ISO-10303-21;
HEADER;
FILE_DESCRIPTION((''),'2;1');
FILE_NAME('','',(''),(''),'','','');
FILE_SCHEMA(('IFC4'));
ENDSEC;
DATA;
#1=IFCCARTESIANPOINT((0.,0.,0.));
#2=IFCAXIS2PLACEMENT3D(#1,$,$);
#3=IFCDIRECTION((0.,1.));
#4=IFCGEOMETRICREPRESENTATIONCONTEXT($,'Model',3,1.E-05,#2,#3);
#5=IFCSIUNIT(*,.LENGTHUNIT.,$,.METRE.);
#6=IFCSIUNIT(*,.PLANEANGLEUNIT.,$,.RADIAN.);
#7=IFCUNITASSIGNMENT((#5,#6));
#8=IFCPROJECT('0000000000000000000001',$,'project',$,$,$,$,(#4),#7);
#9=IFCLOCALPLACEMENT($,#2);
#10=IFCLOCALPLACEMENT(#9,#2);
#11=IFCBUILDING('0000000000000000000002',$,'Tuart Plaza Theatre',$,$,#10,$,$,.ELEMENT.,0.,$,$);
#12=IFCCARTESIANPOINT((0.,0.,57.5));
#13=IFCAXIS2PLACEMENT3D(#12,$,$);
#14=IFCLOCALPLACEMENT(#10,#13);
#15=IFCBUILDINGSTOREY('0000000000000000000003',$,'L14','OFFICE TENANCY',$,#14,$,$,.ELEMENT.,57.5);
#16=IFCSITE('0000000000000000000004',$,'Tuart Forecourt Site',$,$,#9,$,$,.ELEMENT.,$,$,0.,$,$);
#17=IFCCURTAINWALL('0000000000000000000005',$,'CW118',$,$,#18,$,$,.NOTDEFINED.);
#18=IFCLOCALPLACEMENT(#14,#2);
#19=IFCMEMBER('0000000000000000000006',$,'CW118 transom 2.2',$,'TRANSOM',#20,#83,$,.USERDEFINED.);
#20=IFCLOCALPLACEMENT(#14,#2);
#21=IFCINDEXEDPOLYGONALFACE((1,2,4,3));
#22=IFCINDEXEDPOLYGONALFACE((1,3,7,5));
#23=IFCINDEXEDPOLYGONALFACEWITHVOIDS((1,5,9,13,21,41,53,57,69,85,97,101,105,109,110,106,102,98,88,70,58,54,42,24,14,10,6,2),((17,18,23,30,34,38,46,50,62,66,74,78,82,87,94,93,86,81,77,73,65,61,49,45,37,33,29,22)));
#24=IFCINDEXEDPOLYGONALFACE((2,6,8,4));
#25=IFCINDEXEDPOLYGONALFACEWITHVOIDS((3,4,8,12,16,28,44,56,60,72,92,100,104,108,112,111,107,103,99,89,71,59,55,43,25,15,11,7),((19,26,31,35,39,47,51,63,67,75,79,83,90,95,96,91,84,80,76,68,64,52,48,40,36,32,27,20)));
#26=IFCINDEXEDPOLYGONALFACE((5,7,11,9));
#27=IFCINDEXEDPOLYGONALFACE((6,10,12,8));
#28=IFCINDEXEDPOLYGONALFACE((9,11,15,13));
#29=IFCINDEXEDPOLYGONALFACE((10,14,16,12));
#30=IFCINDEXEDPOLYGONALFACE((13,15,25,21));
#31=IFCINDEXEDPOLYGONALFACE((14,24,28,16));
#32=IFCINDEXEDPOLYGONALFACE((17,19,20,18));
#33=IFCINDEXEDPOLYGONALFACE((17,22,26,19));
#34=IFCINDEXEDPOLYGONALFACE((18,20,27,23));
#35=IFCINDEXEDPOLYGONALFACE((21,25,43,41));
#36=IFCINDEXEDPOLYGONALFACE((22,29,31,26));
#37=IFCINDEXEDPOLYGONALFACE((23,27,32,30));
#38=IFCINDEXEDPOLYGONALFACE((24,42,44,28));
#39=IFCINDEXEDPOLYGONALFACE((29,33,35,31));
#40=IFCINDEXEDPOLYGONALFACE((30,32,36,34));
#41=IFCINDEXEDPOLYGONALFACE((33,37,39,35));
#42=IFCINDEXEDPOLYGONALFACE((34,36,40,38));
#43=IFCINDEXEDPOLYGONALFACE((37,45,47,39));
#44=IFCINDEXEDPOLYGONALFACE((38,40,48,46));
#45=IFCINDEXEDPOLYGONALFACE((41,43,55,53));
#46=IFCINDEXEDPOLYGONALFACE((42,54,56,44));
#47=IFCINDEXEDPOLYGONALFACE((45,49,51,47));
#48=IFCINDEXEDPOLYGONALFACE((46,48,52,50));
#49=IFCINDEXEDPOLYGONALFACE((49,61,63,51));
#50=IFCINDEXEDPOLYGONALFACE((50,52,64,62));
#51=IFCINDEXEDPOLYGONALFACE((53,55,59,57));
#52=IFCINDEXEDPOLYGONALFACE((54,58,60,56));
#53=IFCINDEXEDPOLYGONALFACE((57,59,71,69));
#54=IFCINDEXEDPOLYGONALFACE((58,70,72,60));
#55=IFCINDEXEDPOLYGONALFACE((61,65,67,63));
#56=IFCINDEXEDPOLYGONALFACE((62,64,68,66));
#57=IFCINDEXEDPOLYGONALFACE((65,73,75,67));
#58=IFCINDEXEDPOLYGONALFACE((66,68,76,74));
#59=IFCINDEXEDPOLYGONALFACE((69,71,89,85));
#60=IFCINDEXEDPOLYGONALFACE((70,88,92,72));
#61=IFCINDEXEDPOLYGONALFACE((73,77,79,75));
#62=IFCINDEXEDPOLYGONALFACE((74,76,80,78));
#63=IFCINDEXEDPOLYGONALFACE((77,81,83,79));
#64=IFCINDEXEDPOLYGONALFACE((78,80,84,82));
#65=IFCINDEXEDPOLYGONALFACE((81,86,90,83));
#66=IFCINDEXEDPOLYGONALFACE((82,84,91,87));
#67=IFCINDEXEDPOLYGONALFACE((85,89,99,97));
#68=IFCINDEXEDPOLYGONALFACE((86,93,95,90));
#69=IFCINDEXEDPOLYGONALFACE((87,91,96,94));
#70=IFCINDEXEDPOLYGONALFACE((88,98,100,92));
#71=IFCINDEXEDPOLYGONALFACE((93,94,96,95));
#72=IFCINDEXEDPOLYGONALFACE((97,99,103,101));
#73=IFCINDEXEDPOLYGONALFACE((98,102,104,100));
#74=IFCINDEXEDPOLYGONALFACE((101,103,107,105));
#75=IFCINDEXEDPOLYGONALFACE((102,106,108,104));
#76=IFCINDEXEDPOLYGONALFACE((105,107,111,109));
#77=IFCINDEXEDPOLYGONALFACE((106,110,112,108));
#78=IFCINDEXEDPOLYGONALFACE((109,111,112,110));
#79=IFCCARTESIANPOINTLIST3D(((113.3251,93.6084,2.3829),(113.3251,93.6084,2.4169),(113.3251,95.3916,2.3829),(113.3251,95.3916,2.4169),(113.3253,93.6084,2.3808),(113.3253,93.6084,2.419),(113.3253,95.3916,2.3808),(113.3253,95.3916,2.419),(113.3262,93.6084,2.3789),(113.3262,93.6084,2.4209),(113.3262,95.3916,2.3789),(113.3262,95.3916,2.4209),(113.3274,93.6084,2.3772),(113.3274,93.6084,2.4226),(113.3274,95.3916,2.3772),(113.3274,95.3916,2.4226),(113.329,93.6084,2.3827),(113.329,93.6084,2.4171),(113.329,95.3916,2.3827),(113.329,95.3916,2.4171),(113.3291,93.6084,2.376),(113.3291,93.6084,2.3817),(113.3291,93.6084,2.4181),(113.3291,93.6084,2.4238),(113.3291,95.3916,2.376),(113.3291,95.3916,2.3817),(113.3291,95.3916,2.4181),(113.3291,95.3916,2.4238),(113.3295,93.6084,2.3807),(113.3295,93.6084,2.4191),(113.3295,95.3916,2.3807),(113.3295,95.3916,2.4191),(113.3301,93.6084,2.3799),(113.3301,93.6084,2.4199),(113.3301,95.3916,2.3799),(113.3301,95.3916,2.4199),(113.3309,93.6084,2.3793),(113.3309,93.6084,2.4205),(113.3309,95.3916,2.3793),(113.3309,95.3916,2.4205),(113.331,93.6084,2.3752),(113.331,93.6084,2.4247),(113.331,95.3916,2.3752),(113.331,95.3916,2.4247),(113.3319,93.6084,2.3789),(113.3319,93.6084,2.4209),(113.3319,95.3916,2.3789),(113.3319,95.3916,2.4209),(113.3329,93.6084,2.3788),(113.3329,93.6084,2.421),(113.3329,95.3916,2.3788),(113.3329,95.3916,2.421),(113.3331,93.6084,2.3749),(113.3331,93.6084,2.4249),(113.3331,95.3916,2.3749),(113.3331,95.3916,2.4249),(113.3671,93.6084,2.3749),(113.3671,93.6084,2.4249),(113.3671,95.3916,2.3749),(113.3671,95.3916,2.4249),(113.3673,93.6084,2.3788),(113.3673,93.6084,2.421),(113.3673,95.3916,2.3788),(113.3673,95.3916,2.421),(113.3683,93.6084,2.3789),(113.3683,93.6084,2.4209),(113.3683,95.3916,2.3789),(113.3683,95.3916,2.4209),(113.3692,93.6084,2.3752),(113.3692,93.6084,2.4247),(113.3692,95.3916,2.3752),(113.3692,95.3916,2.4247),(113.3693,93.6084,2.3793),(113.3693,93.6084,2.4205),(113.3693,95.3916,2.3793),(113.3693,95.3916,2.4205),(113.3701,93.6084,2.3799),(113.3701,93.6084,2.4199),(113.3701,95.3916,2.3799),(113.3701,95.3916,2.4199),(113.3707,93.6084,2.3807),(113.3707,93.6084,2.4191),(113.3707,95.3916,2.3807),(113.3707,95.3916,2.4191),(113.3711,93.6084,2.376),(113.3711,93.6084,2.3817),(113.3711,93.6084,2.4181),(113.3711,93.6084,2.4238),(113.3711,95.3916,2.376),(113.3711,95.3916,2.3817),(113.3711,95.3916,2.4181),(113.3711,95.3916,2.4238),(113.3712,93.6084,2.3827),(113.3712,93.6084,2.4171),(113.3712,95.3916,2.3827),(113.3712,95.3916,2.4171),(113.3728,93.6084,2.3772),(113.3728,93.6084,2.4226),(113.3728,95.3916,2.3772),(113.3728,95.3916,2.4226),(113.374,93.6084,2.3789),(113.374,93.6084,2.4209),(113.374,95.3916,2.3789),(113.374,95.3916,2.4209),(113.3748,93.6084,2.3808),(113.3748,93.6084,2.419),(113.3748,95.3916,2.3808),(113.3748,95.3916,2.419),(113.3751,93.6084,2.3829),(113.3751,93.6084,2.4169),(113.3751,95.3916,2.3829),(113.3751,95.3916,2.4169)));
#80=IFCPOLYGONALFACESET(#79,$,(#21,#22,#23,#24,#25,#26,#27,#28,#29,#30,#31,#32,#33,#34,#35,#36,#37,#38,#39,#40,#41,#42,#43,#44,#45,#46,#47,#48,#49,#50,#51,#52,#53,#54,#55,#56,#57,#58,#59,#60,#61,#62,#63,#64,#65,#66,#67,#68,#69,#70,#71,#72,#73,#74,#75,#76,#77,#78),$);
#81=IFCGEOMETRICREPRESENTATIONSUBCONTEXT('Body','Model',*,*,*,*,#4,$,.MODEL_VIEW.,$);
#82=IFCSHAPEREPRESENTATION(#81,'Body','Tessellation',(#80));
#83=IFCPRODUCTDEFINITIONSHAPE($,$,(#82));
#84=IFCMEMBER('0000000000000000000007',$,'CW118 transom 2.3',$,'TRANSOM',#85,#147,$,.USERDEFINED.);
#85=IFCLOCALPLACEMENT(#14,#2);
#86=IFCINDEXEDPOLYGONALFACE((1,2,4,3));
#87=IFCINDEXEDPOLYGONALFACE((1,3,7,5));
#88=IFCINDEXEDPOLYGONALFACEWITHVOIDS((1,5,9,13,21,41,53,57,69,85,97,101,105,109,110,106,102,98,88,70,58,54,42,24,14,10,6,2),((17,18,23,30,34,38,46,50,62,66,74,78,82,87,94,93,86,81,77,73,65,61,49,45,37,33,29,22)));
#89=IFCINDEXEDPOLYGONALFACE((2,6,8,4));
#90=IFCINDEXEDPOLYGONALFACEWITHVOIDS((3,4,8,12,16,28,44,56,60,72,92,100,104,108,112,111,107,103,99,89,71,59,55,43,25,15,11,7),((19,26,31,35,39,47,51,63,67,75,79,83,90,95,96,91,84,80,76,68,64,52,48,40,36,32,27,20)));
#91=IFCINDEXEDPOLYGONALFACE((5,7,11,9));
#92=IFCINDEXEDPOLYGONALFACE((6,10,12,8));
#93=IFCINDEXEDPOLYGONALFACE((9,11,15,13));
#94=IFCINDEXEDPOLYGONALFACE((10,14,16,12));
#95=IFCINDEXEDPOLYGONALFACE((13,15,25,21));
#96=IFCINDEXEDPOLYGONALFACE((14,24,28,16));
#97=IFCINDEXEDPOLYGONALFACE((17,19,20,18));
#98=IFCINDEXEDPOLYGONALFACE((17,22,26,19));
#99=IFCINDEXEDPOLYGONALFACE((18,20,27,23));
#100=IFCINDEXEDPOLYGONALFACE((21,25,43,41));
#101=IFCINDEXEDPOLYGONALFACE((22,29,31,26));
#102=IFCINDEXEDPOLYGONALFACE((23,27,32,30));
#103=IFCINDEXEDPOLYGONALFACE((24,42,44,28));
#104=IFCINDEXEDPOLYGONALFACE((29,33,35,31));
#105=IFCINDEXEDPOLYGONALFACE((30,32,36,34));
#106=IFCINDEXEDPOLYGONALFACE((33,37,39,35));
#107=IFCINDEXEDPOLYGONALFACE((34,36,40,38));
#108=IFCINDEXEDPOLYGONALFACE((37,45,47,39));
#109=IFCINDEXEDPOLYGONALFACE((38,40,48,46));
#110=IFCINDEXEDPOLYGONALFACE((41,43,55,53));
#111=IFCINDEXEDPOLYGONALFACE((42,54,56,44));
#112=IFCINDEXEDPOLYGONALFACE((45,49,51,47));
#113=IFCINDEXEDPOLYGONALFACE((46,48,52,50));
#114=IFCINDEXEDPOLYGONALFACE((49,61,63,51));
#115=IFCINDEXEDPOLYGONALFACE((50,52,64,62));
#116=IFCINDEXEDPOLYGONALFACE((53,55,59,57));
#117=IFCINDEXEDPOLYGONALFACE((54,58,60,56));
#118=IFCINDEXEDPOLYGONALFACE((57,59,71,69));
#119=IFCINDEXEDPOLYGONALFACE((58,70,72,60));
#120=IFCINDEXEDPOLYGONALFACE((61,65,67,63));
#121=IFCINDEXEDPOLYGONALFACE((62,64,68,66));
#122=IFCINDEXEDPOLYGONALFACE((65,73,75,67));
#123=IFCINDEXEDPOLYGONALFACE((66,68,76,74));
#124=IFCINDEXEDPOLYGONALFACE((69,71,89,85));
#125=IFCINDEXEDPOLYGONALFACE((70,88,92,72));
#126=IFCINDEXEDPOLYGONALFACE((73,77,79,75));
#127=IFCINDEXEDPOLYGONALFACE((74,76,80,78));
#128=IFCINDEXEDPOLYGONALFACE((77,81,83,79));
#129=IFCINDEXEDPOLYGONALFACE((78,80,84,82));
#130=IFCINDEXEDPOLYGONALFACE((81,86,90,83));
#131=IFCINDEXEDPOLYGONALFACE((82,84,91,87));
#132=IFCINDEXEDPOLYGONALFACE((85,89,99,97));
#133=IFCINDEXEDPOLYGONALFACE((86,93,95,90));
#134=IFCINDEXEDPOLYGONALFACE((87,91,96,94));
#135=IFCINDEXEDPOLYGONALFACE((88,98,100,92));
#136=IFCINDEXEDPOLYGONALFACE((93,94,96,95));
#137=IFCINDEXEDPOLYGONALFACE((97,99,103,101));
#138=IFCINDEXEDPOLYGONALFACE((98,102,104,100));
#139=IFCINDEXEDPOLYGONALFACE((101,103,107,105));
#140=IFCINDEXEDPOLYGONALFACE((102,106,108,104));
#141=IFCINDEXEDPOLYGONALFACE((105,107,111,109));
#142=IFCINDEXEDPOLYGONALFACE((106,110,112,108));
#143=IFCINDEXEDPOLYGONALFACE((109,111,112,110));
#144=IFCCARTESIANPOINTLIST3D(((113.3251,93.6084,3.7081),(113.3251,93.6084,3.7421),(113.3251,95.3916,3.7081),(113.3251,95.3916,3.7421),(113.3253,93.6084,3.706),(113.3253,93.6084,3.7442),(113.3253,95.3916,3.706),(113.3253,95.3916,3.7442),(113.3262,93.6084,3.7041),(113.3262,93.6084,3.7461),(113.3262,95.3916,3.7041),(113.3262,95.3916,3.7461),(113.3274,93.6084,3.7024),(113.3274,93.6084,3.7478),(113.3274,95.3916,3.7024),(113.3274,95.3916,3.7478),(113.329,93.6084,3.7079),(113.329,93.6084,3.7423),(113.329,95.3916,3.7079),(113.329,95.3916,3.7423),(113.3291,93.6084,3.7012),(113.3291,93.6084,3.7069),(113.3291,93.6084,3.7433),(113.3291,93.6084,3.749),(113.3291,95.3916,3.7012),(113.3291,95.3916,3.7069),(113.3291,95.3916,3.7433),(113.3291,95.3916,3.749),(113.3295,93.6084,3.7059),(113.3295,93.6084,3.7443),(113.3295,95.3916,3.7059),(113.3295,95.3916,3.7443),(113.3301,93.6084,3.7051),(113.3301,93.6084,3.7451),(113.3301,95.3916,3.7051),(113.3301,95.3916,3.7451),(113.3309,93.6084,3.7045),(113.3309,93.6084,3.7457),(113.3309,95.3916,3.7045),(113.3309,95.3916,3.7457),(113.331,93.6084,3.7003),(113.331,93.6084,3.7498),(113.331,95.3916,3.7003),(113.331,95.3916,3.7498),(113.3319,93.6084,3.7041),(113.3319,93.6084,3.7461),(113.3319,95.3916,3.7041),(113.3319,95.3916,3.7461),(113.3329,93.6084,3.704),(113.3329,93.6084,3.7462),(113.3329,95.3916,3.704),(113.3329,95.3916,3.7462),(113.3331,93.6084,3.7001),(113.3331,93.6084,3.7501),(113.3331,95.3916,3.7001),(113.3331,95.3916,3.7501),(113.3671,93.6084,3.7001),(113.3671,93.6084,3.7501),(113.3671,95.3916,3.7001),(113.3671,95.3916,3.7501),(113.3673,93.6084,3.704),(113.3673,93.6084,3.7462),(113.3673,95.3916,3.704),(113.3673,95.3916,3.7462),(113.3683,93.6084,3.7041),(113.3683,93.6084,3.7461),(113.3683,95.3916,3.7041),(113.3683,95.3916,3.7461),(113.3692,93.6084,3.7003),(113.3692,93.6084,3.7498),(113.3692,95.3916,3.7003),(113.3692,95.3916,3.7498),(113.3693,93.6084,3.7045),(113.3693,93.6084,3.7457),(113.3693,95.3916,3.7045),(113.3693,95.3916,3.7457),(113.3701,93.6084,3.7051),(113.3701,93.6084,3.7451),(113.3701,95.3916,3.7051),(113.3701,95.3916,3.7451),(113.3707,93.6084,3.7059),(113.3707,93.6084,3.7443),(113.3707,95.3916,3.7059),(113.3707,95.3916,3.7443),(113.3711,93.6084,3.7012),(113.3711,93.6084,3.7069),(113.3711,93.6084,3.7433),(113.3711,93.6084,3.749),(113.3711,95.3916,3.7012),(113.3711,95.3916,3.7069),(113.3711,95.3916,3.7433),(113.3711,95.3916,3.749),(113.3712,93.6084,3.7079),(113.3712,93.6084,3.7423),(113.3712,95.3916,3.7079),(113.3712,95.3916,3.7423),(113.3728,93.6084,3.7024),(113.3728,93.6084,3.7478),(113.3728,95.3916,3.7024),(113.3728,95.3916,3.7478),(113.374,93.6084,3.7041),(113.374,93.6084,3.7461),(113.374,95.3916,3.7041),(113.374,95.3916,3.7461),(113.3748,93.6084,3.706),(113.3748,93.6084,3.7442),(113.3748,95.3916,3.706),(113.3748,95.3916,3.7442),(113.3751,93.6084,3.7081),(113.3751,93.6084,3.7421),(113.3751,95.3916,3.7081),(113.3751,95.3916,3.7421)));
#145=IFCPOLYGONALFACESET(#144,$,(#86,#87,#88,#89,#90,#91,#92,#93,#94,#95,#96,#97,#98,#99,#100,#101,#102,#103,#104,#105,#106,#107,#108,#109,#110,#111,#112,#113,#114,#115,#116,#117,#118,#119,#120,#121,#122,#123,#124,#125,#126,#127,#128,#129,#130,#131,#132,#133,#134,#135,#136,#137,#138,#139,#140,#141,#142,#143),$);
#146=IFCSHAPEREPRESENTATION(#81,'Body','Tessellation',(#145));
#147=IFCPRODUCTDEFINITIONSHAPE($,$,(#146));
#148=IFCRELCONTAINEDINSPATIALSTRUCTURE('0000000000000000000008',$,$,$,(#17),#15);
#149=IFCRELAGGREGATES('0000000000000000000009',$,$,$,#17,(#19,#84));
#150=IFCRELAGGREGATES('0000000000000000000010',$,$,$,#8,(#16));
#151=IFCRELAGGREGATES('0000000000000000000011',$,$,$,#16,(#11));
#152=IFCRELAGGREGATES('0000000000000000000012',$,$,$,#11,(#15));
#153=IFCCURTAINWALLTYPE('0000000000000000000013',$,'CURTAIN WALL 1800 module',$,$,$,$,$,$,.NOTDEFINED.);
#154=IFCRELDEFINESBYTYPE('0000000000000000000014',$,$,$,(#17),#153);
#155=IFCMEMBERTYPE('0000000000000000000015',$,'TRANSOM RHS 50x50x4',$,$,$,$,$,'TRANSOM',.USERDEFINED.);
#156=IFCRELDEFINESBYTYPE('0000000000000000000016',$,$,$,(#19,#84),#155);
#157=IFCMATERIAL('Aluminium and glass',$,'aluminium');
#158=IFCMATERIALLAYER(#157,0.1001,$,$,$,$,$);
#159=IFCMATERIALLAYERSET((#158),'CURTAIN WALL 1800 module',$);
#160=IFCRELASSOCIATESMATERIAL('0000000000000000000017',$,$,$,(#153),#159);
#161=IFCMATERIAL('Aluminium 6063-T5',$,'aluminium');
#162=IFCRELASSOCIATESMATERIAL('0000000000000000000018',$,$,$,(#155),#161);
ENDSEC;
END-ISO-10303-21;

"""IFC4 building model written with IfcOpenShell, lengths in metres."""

from ifc_helpers import new_model, si_unit, direction, frame, origin, origin_2d, place, context, subcontext, project, spatial, hollow_rectangle, extrude, material, layer, layer_set, material_profile, profile_set, type_object, element, aggregate, save


model = new_model("IFC4")

# Units and contexts
model_context = context("Model", 3, precision=1e-05, world=origin(), true_north=direction((0.0, 1.0)))
body_context = subcontext(model_context, "Body", "Model", "MODEL_VIEW")
ifc_project = project(units=[si_unit("LENGTHUNIT", "METRE"), si_unit("PLANEANGLEUNIT", "RADIAN")], contexts=[model_context])

# Site, building, storey
site_placement = place(None, origin())
site = spatial("IfcSite", under=ifc_project, at=site_placement, Name="Tuart Forecourt Site", CompositionType="ELEMENT", RefElevation=0.0)
building_placement = place(site_placement, origin())
building = spatial("IfcBuilding", under=site, at=building_placement, Name="Tuart Plaza Theatre", CompositionType="ELEMENT", ElevationOfRefHeight=0.0)
storey_placement = place(building_placement, frame((0.0, 0.0, 57.5)))
storey = spatial("IfcBuildingStorey", under=building, at=storey_placement, Name="L14", Description="OFFICE TENANCY", CompositionType="ELEMENT", Elevation=57.5)

# Curtain wall, members
ifc_material_1 = material(Name="Aluminium and glass", Category="aluminium")
ifc_layer_1 = layer(ifc_material_1, 0.1001)
ifc_layer_set_1 = layer_set([ifc_layer_1], Name="CURTAIN WALL 1800 module")
curtain_wall_type = type_object("IfcCurtainWallType", Name="CURTAIN WALL 1800 module", PredefinedType="NOTDEFINED", material=ifc_layer_set_1)
curtain_wall_placement = place(storey_placement, origin())
curtain_wall = element("IfcCurtainWall", 1, at=curtain_wall_placement, inside=storey, type_object=curtain_wall_type, Name="CW118", PredefinedType="NOTDEFINED")
ifc_material_2 = material(Name="Aluminium 6063-T5", Category="aluminium")
ifc_material_profile_1 = material_profile(ifc_material_2, hollow_rectangle(XDim=0.05, YDim=0.05, WallThickness=0.0039, InnerFilletRadius=0.0039, OuterFilletRadius=0.0081, at=origin_2d()), Name="RHS 50x50x4")
ifc_profile_set_1 = profile_set([ifc_material_profile_1], Name="Aluminium 6063-T5")
member_type_1 = type_object("IfcMemberType", Name="TRANSOM RHS 50x50x4", ElementType="TRANSOM", PredefinedType="USERDEFINED", material=ifc_profile_set_1)
member_1_placement = place(storey_placement, frame((113.3501, 95.3916, 2.3999), z_axis=(0.0, -1.0, 0.0), x_axis=(1.0, 0.0, 0.0)))
member_1 = element("IfcMember", 2, at=member_1_placement, type_object=member_type_1, Name="CW118 transom 2.2", ObjectType="TRANSOM", PredefinedType="USERDEFINED", context=body_context, shape_type="SweptSolid", body=[
    extrude(hollow_rectangle(XDim=0.05, YDim=0.05, WallThickness=0.0039, InnerFilletRadius=0.0039, OuterFilletRadius=0.0081, at=origin_2d()), origin(), (0.0, 0.0, 1.0), 1.7832),
])
member_2_placement = place(storey_placement, frame((113.3501, 95.3916, 3.7251), z_axis=(0.0, -1.0, 0.0), x_axis=(1.0, 0.0, 0.0)))
member_2 = element("IfcMember", 3, at=member_2_placement, type_object=member_type_1, Name="CW118 transom 2.3", ObjectType="TRANSOM", PredefinedType="USERDEFINED", context=body_context, shape_type="SweptSolid", body=[
    extrude(hollow_rectangle(XDim=0.05, YDim=0.05, WallThickness=0.0039, InnerFilletRadius=0.0039, OuterFilletRadius=0.0081, at=origin_2d()), origin(), (0.0, 0.0, 1.0), 1.7832),
])
aggregate(curtain_wall, [member_1, member_2])

save(model, "model.ifc")
